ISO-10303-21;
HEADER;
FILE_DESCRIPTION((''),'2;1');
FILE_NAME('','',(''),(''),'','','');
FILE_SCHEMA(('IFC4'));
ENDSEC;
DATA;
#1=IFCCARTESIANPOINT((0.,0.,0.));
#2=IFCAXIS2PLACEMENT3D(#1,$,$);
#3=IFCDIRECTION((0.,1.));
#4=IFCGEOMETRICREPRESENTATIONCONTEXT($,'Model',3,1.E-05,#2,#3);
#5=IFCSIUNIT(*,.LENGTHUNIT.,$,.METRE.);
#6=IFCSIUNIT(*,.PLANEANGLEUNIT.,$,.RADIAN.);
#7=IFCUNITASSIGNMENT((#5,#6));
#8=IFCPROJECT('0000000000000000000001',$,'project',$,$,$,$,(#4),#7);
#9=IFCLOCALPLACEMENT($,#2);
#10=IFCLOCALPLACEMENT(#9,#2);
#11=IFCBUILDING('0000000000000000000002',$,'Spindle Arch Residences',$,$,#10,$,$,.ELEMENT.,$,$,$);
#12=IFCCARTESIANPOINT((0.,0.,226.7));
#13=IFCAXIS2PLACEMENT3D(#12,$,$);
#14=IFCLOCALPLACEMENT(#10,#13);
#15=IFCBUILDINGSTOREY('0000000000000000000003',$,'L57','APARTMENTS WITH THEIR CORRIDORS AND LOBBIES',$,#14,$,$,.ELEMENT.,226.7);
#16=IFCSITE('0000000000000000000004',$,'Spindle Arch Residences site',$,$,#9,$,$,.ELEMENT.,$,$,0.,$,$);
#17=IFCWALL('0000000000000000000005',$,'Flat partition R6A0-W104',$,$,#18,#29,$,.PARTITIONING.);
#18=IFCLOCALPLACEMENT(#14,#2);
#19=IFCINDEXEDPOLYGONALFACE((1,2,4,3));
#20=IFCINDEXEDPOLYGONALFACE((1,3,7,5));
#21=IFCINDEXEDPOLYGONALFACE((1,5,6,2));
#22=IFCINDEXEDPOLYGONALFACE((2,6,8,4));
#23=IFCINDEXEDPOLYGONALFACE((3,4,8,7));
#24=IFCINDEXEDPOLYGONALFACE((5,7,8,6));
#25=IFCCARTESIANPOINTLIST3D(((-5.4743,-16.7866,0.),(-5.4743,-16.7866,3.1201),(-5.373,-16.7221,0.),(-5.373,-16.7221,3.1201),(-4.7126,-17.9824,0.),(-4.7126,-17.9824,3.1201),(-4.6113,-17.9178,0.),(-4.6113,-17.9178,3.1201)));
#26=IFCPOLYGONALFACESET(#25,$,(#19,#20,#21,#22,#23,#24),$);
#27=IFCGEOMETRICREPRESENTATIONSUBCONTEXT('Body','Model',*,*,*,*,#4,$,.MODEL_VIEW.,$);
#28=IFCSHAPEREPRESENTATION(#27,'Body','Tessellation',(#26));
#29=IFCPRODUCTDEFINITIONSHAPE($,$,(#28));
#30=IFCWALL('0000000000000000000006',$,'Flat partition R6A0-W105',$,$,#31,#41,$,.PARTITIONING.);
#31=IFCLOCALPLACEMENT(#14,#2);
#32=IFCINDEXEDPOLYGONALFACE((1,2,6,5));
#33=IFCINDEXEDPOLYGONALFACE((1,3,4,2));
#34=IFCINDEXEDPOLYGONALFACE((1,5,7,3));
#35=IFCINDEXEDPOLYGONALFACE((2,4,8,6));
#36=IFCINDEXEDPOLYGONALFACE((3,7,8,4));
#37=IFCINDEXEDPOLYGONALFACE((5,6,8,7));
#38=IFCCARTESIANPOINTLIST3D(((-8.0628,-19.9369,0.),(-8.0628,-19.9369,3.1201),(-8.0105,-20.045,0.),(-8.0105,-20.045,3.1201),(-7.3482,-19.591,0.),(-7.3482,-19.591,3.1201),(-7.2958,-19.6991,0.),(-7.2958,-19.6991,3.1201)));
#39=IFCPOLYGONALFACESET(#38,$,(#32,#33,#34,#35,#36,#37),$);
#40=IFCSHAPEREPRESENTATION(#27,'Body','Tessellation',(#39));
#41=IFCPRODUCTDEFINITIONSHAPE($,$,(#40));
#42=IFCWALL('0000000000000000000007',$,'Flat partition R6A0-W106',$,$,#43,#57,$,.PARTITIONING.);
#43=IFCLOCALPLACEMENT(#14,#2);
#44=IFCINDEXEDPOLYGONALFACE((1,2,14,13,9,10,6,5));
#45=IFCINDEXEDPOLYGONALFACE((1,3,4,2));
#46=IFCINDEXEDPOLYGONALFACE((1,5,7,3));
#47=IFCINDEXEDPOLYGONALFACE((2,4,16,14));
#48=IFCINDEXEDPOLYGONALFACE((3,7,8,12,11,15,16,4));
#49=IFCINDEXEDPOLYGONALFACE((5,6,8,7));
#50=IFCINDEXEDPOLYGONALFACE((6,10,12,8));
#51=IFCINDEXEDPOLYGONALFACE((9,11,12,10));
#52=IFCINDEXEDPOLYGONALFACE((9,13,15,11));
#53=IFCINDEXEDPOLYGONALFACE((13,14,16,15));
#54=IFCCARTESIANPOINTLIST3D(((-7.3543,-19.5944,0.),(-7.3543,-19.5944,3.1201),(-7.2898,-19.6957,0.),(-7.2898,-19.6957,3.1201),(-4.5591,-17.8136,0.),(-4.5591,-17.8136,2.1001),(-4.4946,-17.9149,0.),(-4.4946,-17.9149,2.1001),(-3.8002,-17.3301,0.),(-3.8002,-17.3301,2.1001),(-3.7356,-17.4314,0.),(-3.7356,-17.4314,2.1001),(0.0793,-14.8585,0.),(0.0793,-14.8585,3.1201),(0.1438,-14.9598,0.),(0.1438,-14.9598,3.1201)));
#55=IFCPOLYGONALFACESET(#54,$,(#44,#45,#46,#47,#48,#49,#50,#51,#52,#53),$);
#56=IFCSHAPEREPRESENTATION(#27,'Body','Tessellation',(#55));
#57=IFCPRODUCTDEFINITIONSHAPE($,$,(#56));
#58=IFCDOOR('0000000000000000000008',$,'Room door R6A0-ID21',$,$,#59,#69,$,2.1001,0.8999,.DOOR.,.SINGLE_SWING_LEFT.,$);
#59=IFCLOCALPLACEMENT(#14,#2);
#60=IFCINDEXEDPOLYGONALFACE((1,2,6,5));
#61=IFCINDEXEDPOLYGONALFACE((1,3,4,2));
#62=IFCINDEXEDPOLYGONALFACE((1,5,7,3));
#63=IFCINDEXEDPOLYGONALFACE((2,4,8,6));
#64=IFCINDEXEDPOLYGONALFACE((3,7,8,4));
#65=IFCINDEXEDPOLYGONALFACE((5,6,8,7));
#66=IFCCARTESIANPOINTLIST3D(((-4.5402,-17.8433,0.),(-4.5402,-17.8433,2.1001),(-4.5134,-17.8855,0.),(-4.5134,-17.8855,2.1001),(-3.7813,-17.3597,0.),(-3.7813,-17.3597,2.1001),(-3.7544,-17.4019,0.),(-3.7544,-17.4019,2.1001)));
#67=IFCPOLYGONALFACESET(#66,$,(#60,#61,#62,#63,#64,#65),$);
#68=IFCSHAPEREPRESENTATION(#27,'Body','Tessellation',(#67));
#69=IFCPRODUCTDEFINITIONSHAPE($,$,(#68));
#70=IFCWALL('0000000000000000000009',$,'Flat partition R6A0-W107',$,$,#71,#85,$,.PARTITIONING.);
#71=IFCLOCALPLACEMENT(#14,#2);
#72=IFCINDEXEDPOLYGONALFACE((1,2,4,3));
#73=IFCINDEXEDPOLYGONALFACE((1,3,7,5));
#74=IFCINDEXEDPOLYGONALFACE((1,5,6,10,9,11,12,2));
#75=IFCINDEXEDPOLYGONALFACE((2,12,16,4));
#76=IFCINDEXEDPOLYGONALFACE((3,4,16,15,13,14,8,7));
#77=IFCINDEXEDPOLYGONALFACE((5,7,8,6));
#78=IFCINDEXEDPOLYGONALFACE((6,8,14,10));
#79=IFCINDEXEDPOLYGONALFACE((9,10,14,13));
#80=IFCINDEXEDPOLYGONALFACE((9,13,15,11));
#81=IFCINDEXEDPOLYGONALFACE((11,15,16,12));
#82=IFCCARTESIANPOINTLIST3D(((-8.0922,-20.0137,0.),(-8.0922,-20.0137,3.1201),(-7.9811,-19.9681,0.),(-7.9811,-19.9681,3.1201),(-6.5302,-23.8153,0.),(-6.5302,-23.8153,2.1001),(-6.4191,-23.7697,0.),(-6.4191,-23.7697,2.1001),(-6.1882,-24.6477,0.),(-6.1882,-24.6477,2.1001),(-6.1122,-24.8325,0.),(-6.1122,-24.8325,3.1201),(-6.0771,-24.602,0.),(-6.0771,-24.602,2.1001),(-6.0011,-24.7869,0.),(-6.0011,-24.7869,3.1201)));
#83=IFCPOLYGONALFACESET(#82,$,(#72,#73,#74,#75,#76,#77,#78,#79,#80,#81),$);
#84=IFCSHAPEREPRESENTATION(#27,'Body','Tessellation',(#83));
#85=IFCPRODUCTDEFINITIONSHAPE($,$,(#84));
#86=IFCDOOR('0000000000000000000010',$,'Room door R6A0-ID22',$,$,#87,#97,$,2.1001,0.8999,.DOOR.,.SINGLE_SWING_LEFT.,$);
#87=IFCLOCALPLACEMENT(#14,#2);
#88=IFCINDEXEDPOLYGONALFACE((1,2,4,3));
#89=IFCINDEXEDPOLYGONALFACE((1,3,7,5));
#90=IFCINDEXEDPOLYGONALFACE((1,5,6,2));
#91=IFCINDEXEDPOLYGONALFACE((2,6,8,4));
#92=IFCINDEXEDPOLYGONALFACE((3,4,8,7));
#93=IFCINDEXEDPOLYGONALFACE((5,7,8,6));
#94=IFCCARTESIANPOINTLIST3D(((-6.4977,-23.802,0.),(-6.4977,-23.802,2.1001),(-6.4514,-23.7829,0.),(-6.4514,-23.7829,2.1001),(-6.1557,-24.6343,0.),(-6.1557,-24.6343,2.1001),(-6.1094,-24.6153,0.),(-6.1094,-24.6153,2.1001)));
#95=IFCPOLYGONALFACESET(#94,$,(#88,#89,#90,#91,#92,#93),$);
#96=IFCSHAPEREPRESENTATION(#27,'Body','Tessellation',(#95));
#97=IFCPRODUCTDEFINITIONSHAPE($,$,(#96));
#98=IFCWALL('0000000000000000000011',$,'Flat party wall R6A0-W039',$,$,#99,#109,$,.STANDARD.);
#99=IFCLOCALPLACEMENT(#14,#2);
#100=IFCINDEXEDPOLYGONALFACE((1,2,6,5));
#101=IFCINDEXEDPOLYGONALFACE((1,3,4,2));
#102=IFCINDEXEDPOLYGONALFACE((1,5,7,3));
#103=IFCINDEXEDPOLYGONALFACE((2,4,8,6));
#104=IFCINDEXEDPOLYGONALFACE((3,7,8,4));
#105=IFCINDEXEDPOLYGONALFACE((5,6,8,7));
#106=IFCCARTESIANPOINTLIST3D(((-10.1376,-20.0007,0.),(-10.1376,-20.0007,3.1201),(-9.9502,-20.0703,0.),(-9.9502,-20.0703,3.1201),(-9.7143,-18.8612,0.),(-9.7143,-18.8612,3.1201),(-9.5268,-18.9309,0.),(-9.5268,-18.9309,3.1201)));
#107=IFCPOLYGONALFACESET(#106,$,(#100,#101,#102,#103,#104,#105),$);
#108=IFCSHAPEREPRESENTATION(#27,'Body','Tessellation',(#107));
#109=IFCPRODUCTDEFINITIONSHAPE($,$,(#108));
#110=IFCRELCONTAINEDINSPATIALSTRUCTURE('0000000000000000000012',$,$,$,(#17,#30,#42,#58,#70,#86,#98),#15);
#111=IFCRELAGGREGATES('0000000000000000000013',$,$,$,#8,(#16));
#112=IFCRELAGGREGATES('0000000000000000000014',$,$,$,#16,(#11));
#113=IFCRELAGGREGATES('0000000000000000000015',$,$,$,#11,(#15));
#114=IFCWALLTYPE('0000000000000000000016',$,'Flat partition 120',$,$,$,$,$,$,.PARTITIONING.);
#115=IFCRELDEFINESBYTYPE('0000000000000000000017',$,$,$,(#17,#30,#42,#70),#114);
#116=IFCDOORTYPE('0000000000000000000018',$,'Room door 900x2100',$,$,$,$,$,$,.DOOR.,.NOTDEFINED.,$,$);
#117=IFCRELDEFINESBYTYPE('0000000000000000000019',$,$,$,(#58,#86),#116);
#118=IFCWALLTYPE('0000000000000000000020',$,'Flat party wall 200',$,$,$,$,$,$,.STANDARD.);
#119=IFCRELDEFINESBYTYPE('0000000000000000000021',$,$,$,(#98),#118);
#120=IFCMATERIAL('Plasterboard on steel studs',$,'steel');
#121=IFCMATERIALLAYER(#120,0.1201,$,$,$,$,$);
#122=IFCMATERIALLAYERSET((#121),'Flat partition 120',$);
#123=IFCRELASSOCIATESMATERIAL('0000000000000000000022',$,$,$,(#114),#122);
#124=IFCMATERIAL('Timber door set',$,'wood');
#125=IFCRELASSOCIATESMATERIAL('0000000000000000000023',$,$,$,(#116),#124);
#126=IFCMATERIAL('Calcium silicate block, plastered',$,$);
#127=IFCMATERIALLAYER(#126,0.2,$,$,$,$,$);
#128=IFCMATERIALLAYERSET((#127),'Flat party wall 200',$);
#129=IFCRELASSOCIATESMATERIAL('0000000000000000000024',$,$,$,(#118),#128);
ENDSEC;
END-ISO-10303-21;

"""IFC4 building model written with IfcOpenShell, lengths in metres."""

from ifc_helpers import new_model, si_unit, direction, frame, frame_2d, origin, place, context, subcontext, project, spatial, rectangle, extrude, material, layer, layer_set, type_object, element, fill, save


model = new_model("IFC4")

# Units and contexts
model_context = context("Model", 3, precision=1e-05, world=origin(), true_north=direction((0.0, 1.0)))
body_context = subcontext(model_context, "Body", "Model", "MODEL_VIEW")
ifc_project = project(units=[si_unit("LENGTHUNIT", "METRE"), si_unit("PLANEANGLEUNIT", "RADIAN")], contexts=[model_context])

# Site, building, storey
site_placement = place(None, origin())
site = spatial("IfcSite", under=ifc_project, at=site_placement, Name="Spindle Arch Residences site", CompositionType="ELEMENT", RefElevation=0.0)
building_placement = place(site_placement, origin())
building = spatial("IfcBuilding", under=site, at=building_placement, Name="Spindle Arch Residences", CompositionType="ELEMENT")
storey_placement = place(building_placement, frame((0.0, 0.0, 226.7)))
storey = spatial("IfcBuildingStorey", under=building, at=storey_placement, Name="L57", Description="APARTMENTS WITH THEIR CORRIDORS AND LOBBIES", CompositionType="ELEMENT", Elevation=226.7)

# Shared definitions
ifc_material_1 = material(Name="Plasterboard on steel studs", Category="steel")
ifc_layer_1 = layer(ifc_material_1, 0.1201)
ifc_layer_set_1 = layer_set([ifc_layer_1], Name="Flat partition 120")
wall_type_1 = type_object("IfcWallType", Name="Flat partition 120", PredefinedType="PARTITIONING", material=ifc_layer_set_1)

# Shared definitions
ifc_material_2 = material(Name="Timber door set", Category="wood")
door_type_1 = type_object("IfcDoorType", Name="Room door 900x2100", OperationType="NOTDEFINED", PredefinedType="DOOR", material=ifc_material_2)

# Walls
wall_1_placement = place(storey_placement, frame((-4.6619, -17.9502, 0.0), z_axis=(0.0, 0.0, 1.0), x_axis=(-0.537254, 0.84342, 0.0)))
element("IfcWall", 1, at=wall_1_placement, inside=storey, type_object=wall_type_1, Name="Flat partition R6A0-W104", PredefinedType="PARTITIONING", context=body_context, shape_type="SweptSolid", body=[
    extrude(rectangle(XDim=1.4177, YDim=0.1201, at=frame_2d((0.709, 0.0))), origin(), (0.0, 0.0, 1.0), 3.1201),
])
wall_2_placement = place(storey_placement, frame((-8.0366, -19.991, 0.0), z_axis=(0.0, 0.0, 1.0), x_axis=(0.900074, 0.435738, 0.0)))
element("IfcWall", 2, at=wall_2_placement, inside=storey, type_object=wall_type_1, Name="Flat partition R6A0-W105", PredefinedType="PARTITIONING", context=body_context, shape_type="SweptSolid", body=[
    extrude(rectangle(XDim=0.7939, YDim=0.1201, at=frame_2d((0.397, 0.0))), origin(), (0.0, 0.0, 1.0), 3.1201),
])

# Walls, openings, doors
wall_3_placement = place(storey_placement, frame((-7.322, -19.645, 0.0), z_axis=(0.0, 0.0, 1.0), x_axis=(0.843385, 0.537309, 0.0)))
wall_3 = element("IfcWall", 3, at=wall_3_placement, inside=storey, type_object=wall_type_1, Name="Flat partition R6A0-W106", PredefinedType="PARTITIONING", context=body_context, shape_type="SweptSolid", body=[
    extrude(rectangle(XDim=8.814, YDim=0.1201, at=frame_2d((4.407, 0.0))), origin(), (0.0, 0.0, 1.0), 3.1201),
])
opening_1_placement = place(wall_3_placement, frame((3.3142, 0.0, 0.0)))
opening_1 = element("IfcOpeningElement", 4, at=opening_1_placement, cuts=wall_3, PredefinedType="OPENING", context=body_context, shape_type="SweptSolid", body=[
    extrude(rectangle(XDim=0.8999, YDim=2.1001, at=frame_2d((0.45, 1.05))), frame((0.0, 0.0701, 0.0), z_axis=(0.0, -1.0, 0.0), x_axis=(1.0, 0.0, 0.0)), (0.0, 0.0, 1.0), 0.1401),
])
door_1_placement = place(opening_1_placement, origin())
door_1 = element("IfcDoor", 5, at=door_1_placement, inside=storey, type_object=door_type_1, Name="Room door R6A0-ID21", OperationType="SINGLE_SWING_LEFT", OverallHeight=2.1001, OverallWidth=0.8999, PredefinedType="DOOR", context=body_context, shape_type="SweptSolid", body=[
    extrude(rectangle(XDim=0.8999, YDim=2.1001, at=frame_2d((0.45, 1.05))), frame((0.0, 0.0249, 0.0), z_axis=(0.0, -1.0, 0.0), x_axis=(1.0, 0.0, 0.0)), (0.0, 0.0, 1.0), 0.05),
])
fill(opening_1, door_1)
wall_4_placement = place(storey_placement, frame((-6.0566, -24.8098, 0.0), z_axis=(0.0, 0.0, 1.0), x_axis=(-0.380052, 0.924965, 0.0)))
wall_4 = element("IfcWall", 6, at=wall_4_placement, inside=storey, type_object=wall_type_1, Name="Flat partition R6A0-W107", PredefinedType="PARTITIONING", context=body_context, shape_type="SweptSolid", body=[
    extrude(rectangle(XDim=5.2097, YDim=0.1201, at=frame_2d((2.605, 0.0))), origin(), (0.0, 0.0, 1.0), 3.1201),
])
opening_2_placement = place(wall_4_placement, frame((0.2, 0.0, 0.0)))
opening_2 = element("IfcOpeningElement", 7, at=opening_2_placement, cuts=wall_4, PredefinedType="OPENING", context=body_context, shape_type="SweptSolid", body=[
    extrude(rectangle(XDim=0.8999, YDim=2.1001, at=frame_2d((0.45, 1.05))), frame((0.0, 0.0701, 0.0), z_axis=(0.0, -1.0, 0.0), x_axis=(1.0, 0.0, 0.0)), (0.0, 0.0, 1.0), 0.1401),
])
door_2_placement = place(opening_2_placement, origin())
door_2 = element("IfcDoor", 8, at=door_2_placement, inside=storey, type_object=door_type_1, Name="Room door R6A0-ID22", OperationType="SINGLE_SWING_LEFT", OverallHeight=2.1001, OverallWidth=0.8999, PredefinedType="DOOR", context=body_context, shape_type="SweptSolid", body=[
    extrude(rectangle(XDim=0.8999, YDim=2.1001, at=frame_2d((0.45, 1.05))), frame((0.0, 0.0249, 0.0), z_axis=(0.0, -1.0, 0.0), x_axis=(1.0, 0.0, 0.0)), (0.0, 0.0, 1.0), 0.05),
])
fill(opening_2, door_2)

# Wall
ifc_material_3 = material(Name="Calcium silicate block, plastered")
ifc_layer_2 = layer(ifc_material_3, 0.2)
ifc_layer_set_2 = layer_set([ifc_layer_2], Name="Flat party wall 200")
wall_type_2 = type_object("IfcWallType", Name="Flat party wall 200", PredefinedType="STANDARD", material=ifc_layer_set_2)
wall_5_placement = place(storey_placement, frame((-10.0439, -20.0356, 0.0), z_axis=(0.0, 0.0, 1.0), x_axis=(0.348282, 0.93739, 0.0)))
element("IfcWall", 9, at=wall_5_placement, inside=storey, type_object=wall_type_2, Name="Flat party wall R6A0-W039", PredefinedType="STANDARD", context=body_context, shape_type="SweptSolid", body=[
    extrude(rectangle(XDim=1.2156, YDim=0.2, at=frame_2d((0.6079, 0.0))), origin(), (0.0, 0.0, 1.0), 3.1201),
])

save(model, "model.ifc")
